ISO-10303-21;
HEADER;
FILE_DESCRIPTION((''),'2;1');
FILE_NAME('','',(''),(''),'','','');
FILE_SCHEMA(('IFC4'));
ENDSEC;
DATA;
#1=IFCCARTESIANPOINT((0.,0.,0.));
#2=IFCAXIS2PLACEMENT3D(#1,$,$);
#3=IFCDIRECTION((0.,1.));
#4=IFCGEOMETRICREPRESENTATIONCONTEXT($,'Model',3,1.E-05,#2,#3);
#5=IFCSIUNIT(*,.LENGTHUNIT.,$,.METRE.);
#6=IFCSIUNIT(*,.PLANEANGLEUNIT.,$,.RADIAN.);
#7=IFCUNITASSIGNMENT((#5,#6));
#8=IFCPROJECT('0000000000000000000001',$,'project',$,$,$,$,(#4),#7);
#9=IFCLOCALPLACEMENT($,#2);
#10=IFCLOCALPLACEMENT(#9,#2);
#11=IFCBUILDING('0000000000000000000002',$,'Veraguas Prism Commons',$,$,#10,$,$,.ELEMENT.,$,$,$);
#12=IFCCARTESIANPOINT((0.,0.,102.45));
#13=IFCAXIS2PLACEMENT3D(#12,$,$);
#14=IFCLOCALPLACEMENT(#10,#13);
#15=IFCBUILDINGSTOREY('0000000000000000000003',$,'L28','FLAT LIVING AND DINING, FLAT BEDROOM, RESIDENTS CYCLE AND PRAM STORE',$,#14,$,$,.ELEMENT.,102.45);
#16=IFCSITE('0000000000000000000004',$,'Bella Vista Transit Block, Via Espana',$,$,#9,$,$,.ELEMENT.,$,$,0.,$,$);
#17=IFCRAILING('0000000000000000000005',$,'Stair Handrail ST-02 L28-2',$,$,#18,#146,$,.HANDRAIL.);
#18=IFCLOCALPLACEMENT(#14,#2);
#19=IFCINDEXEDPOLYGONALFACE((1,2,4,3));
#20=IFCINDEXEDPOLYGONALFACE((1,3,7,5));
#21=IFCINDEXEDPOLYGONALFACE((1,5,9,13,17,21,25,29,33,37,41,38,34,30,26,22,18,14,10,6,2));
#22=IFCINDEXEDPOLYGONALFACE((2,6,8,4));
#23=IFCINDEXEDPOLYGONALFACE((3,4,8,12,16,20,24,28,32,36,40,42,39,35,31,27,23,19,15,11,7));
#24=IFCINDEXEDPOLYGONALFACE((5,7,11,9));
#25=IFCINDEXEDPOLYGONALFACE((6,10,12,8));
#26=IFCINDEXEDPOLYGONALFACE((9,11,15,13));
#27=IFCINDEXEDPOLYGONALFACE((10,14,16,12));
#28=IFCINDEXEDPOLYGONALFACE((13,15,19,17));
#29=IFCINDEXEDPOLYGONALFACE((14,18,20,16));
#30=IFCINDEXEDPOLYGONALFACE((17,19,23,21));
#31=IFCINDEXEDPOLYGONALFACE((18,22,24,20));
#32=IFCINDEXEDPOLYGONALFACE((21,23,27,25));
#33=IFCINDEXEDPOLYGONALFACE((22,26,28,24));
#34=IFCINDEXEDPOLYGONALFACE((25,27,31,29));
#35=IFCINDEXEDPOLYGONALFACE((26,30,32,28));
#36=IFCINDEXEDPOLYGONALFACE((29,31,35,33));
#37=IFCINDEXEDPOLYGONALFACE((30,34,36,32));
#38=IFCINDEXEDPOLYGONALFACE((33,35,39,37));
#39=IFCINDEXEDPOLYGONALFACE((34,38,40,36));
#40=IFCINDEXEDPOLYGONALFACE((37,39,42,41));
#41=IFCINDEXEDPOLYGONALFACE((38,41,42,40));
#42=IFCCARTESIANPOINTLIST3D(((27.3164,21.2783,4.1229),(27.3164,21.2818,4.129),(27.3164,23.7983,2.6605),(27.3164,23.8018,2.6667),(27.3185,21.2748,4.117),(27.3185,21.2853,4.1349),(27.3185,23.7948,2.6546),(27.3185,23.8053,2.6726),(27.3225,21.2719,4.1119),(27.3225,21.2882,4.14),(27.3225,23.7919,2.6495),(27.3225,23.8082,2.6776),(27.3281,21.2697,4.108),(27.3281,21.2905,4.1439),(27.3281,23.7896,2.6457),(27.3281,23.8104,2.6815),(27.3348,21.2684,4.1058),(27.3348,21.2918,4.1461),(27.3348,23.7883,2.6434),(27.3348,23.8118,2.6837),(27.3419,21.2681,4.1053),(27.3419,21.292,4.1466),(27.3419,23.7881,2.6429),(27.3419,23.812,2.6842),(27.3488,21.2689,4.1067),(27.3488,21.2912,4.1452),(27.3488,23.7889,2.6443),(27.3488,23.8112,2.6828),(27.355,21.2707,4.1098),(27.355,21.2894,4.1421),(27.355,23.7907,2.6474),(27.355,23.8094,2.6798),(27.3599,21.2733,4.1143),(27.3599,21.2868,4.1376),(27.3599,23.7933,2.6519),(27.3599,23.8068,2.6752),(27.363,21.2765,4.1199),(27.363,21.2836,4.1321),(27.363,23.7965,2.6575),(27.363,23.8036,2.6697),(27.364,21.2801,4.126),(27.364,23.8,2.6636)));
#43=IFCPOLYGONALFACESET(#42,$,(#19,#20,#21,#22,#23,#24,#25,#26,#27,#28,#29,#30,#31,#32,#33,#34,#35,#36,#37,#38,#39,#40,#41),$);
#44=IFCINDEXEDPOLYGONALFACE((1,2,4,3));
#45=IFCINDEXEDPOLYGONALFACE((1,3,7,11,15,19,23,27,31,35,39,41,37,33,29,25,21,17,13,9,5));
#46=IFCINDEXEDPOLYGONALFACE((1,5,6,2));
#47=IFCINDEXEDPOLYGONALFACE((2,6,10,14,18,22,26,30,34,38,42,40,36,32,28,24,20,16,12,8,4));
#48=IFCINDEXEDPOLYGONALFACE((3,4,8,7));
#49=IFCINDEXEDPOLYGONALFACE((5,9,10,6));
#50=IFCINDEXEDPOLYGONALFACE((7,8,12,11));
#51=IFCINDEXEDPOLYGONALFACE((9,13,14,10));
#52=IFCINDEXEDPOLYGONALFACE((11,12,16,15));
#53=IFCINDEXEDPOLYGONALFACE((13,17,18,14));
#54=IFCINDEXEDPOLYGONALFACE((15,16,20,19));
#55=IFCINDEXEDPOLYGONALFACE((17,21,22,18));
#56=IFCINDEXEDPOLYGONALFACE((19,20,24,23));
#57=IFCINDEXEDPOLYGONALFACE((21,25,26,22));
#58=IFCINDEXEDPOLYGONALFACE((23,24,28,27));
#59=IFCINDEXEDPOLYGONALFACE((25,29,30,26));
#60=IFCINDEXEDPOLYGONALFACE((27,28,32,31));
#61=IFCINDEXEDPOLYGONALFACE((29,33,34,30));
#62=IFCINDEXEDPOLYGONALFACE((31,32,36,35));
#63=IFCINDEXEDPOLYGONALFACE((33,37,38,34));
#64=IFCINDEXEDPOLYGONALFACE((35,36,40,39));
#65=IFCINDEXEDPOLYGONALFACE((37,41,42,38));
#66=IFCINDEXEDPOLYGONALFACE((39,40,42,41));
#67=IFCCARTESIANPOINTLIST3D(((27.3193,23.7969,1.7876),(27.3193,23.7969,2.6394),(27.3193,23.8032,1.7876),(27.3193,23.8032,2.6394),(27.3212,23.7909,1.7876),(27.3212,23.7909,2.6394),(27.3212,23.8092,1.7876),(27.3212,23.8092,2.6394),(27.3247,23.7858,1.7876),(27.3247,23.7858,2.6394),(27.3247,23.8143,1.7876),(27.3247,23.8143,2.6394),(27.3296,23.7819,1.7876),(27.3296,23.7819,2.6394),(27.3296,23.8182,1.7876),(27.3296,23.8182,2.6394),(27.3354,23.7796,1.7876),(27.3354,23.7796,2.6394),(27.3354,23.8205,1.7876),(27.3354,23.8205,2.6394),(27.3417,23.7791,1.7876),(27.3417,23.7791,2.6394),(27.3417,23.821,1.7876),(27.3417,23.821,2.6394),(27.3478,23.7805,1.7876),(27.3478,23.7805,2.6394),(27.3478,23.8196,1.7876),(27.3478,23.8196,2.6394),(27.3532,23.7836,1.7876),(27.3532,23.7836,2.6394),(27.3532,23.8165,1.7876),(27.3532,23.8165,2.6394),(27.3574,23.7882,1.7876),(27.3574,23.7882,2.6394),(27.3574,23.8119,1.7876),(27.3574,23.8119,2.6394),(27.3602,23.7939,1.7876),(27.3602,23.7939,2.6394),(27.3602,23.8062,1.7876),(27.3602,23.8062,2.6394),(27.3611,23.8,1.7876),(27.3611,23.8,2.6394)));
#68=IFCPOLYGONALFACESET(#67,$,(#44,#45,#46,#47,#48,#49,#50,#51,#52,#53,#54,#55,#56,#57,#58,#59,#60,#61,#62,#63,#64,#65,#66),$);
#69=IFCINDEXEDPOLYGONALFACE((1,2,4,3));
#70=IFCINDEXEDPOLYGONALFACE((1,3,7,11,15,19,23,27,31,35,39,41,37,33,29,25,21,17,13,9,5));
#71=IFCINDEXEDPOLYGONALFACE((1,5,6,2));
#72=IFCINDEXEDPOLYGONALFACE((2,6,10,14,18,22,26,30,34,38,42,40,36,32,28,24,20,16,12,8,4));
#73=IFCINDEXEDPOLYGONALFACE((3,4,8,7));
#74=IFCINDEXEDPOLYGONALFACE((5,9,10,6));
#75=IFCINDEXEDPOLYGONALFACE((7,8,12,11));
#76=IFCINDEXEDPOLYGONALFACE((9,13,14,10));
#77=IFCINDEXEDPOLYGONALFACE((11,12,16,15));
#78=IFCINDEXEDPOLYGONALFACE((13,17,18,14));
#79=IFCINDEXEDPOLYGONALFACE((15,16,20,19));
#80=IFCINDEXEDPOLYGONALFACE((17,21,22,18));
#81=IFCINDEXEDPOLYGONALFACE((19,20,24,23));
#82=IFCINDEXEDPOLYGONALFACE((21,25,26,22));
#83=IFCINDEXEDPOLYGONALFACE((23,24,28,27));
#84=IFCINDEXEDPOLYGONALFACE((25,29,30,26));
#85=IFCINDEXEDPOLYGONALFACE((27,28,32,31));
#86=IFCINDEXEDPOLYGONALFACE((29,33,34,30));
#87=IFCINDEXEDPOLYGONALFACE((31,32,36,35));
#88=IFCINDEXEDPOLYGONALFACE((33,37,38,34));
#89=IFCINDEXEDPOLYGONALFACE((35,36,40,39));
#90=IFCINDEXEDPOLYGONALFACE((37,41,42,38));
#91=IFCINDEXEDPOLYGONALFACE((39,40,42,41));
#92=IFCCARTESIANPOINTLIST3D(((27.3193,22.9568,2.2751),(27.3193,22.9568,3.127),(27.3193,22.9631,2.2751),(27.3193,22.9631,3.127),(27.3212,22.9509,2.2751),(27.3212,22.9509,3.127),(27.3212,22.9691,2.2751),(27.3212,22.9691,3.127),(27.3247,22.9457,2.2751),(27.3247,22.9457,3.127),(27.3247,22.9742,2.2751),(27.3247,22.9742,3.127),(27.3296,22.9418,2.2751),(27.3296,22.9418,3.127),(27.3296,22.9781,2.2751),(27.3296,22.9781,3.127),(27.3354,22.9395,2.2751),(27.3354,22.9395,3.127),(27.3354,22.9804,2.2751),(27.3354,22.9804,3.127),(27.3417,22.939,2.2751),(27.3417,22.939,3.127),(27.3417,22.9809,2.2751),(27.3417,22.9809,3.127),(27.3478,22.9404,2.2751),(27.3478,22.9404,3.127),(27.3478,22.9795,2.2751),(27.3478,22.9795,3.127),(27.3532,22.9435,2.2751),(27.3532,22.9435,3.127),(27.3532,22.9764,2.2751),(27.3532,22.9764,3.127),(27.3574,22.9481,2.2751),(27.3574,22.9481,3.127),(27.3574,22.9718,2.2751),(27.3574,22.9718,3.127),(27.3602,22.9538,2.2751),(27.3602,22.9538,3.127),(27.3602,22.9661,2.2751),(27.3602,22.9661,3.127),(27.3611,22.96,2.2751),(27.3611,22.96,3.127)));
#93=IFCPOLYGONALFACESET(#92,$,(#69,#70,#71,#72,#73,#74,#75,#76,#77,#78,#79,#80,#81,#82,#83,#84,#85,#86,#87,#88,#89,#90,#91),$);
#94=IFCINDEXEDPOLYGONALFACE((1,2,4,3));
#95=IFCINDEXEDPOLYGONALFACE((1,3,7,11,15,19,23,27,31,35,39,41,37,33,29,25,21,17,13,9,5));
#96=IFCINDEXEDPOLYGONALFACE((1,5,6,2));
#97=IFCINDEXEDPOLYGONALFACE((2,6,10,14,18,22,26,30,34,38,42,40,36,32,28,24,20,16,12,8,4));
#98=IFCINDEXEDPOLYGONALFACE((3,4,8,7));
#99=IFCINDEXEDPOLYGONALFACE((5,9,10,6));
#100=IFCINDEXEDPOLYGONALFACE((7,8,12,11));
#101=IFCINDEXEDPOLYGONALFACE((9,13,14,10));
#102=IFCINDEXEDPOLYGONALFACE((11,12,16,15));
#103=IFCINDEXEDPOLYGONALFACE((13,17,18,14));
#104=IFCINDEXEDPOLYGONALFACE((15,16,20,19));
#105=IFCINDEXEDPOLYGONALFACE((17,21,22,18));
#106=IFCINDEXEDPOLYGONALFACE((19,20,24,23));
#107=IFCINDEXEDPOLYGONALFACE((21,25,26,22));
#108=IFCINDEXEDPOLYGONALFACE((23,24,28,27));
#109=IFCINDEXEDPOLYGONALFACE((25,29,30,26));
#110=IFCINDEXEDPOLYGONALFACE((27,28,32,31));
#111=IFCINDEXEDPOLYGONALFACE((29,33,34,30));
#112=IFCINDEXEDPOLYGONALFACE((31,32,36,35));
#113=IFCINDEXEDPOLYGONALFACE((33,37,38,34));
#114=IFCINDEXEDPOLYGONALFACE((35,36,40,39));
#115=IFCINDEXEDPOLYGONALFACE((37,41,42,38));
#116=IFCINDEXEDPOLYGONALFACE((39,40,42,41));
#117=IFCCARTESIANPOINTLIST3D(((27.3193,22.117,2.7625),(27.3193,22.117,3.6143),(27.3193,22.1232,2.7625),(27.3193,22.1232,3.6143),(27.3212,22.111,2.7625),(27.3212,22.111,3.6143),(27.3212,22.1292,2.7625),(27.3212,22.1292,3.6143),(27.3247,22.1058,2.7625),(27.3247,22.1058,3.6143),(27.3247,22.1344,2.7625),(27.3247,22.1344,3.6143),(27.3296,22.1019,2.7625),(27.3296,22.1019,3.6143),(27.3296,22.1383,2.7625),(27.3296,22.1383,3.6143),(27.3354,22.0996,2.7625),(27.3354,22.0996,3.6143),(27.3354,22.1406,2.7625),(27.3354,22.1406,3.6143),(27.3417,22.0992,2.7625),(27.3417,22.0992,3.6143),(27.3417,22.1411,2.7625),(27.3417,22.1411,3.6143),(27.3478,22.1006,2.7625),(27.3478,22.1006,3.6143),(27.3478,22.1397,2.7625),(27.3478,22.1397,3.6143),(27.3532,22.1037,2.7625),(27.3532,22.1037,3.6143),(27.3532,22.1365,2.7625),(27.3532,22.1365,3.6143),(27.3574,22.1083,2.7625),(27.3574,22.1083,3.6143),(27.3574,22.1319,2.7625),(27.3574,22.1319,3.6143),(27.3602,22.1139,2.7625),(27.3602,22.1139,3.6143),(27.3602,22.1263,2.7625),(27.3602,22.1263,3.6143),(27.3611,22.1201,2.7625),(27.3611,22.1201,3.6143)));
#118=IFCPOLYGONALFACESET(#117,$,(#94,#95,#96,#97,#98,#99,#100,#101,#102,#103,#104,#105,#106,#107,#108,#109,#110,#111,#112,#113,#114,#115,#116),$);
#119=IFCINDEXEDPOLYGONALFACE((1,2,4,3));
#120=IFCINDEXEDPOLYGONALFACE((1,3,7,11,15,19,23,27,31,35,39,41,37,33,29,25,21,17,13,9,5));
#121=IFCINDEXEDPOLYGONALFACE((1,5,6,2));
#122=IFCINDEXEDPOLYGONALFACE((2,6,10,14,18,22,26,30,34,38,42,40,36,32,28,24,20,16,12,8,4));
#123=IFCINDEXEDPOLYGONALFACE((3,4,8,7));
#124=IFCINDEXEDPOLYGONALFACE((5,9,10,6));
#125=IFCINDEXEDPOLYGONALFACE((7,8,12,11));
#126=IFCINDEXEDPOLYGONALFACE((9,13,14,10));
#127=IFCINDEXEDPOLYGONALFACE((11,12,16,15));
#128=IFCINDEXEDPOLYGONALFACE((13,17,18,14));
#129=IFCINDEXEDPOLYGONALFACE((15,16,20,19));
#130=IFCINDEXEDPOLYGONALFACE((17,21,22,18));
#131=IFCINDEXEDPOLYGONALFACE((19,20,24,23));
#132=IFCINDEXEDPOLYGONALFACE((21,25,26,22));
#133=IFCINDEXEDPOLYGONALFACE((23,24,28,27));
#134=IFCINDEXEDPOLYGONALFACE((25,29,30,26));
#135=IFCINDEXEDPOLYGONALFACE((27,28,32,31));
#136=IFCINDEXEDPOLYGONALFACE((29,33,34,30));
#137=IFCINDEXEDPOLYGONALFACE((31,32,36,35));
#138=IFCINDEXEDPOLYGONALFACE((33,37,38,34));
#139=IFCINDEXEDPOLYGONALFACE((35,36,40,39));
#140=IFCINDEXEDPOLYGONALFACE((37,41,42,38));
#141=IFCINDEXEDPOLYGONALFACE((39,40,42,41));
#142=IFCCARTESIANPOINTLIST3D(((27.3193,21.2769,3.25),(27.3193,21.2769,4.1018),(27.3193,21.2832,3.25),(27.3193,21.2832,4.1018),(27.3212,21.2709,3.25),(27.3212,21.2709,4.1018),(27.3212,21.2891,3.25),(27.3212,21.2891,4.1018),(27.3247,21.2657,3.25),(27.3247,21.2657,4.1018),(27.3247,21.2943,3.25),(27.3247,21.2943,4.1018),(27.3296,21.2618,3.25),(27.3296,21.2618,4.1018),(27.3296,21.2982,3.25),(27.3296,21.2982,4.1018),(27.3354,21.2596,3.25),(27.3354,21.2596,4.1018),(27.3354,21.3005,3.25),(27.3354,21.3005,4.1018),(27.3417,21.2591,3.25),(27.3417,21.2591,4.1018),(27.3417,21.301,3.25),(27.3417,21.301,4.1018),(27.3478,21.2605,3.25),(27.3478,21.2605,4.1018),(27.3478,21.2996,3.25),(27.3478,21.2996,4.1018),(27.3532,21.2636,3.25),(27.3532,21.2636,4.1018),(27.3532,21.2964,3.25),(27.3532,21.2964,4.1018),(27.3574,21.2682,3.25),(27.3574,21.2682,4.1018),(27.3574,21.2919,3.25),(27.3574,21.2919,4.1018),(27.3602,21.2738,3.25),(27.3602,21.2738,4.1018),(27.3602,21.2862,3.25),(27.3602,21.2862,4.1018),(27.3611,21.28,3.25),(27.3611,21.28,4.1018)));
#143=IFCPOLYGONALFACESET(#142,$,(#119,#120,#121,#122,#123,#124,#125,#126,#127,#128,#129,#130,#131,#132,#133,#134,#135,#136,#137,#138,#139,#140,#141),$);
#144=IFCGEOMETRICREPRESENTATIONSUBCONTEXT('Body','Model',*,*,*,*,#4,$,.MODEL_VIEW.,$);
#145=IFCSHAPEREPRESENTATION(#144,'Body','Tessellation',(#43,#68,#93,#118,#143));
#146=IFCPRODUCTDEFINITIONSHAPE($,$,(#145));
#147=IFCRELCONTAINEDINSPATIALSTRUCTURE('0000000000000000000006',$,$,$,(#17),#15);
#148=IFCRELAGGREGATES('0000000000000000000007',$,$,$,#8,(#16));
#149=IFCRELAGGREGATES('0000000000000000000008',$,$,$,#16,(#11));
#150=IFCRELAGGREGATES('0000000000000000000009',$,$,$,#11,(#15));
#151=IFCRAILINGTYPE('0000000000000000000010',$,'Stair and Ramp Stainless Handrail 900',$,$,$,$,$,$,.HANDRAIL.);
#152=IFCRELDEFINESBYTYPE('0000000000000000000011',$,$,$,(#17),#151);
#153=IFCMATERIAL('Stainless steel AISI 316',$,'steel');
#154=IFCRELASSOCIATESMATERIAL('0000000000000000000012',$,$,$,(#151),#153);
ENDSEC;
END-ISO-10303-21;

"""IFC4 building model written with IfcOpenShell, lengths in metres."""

from ifc_helpers import new_model, si_unit, direction, frame, origin, origin_2d, place, context, subcontext, project, spatial, circle, extrude, material, type_object, element, save


model = new_model("IFC4")

# Units and contexts
model_context = context("Model", 3, precision=1e-05, world=origin(), true_north=direction((0.0, 1.0)))
body_context = subcontext(model_context, "Body", "Model", "MODEL_VIEW")
ifc_project = project(units=[si_unit("LENGTHUNIT", "METRE"), si_unit("PLANEANGLEUNIT", "RADIAN")], contexts=[model_context])

# Site, building, storey
site_placement = place(None, origin())
site = spatial("IfcSite", under=ifc_project, at=site_placement, Name="Bella Vista Transit Block, Via Espana", CompositionType="ELEMENT", RefElevation=0.0)
building_placement = place(site_placement, origin())
building = spatial("IfcBuilding", under=site, at=building_placement, Name="Veraguas Prism Commons", CompositionType="ELEMENT")
storey_placement = place(building_placement, frame((0.0, 0.0, 102.45)))
storey = spatial("IfcBuildingStorey", under=building, at=storey_placement, Name="L28", Description="FLAT LIVING AND DINING, FLAT BEDROOM, RESIDENTS CYCLE AND PRAM STORE", CompositionType="ELEMENT", Elevation=102.45)

# Shared definitions
ifc_material_1 = material(Name="Stainless steel AISI 316", Category="steel")

# Railing
railing_type_1 = type_object("IfcRailingType", Name="Stair and Ramp Stainless Handrail 900", PredefinedType="HANDRAIL", material=ifc_material_1)
railing_1_placement = place(storey_placement, frame((27.3401, 23.8, 1.7876)))
element("IfcRailing", 1, at=railing_1_placement, inside=storey, type_object=railing_type_1, Name="Stair Handrail ST-02 L28-2", PredefinedType="HANDRAIL", context=body_context, shape_type="SweptSolid", body=[
    extrude(circle(Radius=0.0239, at=origin_2d()), frame((0.0, 0.0, 0.876), z_axis=(0.0, -0.864913, 0.501921), x_axis=(1.0, 0.0, 0.0)), (0.0, 0.0, 1.0), 2.9136),
    extrude(circle(Radius=0.021, at=origin_2d()), origin(), (0.0, 0.0, 1.0), 0.8518),
    extrude(circle(Radius=0.021, at=origin_2d()), frame((0.0, -0.8401, 0.4875)), (0.0, 0.0, 1.0), 0.8518),
    extrude(circle(Radius=0.021, at=origin_2d()), frame((0.0, -1.6799, 0.9749)), (0.0, 0.0, 1.0), 0.8518),
    extrude(circle(Radius=0.021, at=origin_2d()), frame((0.0, -2.52, 1.4624)), (0.0, 0.0, 1.0), 0.8518),
])

save(model, "model.ifc")
